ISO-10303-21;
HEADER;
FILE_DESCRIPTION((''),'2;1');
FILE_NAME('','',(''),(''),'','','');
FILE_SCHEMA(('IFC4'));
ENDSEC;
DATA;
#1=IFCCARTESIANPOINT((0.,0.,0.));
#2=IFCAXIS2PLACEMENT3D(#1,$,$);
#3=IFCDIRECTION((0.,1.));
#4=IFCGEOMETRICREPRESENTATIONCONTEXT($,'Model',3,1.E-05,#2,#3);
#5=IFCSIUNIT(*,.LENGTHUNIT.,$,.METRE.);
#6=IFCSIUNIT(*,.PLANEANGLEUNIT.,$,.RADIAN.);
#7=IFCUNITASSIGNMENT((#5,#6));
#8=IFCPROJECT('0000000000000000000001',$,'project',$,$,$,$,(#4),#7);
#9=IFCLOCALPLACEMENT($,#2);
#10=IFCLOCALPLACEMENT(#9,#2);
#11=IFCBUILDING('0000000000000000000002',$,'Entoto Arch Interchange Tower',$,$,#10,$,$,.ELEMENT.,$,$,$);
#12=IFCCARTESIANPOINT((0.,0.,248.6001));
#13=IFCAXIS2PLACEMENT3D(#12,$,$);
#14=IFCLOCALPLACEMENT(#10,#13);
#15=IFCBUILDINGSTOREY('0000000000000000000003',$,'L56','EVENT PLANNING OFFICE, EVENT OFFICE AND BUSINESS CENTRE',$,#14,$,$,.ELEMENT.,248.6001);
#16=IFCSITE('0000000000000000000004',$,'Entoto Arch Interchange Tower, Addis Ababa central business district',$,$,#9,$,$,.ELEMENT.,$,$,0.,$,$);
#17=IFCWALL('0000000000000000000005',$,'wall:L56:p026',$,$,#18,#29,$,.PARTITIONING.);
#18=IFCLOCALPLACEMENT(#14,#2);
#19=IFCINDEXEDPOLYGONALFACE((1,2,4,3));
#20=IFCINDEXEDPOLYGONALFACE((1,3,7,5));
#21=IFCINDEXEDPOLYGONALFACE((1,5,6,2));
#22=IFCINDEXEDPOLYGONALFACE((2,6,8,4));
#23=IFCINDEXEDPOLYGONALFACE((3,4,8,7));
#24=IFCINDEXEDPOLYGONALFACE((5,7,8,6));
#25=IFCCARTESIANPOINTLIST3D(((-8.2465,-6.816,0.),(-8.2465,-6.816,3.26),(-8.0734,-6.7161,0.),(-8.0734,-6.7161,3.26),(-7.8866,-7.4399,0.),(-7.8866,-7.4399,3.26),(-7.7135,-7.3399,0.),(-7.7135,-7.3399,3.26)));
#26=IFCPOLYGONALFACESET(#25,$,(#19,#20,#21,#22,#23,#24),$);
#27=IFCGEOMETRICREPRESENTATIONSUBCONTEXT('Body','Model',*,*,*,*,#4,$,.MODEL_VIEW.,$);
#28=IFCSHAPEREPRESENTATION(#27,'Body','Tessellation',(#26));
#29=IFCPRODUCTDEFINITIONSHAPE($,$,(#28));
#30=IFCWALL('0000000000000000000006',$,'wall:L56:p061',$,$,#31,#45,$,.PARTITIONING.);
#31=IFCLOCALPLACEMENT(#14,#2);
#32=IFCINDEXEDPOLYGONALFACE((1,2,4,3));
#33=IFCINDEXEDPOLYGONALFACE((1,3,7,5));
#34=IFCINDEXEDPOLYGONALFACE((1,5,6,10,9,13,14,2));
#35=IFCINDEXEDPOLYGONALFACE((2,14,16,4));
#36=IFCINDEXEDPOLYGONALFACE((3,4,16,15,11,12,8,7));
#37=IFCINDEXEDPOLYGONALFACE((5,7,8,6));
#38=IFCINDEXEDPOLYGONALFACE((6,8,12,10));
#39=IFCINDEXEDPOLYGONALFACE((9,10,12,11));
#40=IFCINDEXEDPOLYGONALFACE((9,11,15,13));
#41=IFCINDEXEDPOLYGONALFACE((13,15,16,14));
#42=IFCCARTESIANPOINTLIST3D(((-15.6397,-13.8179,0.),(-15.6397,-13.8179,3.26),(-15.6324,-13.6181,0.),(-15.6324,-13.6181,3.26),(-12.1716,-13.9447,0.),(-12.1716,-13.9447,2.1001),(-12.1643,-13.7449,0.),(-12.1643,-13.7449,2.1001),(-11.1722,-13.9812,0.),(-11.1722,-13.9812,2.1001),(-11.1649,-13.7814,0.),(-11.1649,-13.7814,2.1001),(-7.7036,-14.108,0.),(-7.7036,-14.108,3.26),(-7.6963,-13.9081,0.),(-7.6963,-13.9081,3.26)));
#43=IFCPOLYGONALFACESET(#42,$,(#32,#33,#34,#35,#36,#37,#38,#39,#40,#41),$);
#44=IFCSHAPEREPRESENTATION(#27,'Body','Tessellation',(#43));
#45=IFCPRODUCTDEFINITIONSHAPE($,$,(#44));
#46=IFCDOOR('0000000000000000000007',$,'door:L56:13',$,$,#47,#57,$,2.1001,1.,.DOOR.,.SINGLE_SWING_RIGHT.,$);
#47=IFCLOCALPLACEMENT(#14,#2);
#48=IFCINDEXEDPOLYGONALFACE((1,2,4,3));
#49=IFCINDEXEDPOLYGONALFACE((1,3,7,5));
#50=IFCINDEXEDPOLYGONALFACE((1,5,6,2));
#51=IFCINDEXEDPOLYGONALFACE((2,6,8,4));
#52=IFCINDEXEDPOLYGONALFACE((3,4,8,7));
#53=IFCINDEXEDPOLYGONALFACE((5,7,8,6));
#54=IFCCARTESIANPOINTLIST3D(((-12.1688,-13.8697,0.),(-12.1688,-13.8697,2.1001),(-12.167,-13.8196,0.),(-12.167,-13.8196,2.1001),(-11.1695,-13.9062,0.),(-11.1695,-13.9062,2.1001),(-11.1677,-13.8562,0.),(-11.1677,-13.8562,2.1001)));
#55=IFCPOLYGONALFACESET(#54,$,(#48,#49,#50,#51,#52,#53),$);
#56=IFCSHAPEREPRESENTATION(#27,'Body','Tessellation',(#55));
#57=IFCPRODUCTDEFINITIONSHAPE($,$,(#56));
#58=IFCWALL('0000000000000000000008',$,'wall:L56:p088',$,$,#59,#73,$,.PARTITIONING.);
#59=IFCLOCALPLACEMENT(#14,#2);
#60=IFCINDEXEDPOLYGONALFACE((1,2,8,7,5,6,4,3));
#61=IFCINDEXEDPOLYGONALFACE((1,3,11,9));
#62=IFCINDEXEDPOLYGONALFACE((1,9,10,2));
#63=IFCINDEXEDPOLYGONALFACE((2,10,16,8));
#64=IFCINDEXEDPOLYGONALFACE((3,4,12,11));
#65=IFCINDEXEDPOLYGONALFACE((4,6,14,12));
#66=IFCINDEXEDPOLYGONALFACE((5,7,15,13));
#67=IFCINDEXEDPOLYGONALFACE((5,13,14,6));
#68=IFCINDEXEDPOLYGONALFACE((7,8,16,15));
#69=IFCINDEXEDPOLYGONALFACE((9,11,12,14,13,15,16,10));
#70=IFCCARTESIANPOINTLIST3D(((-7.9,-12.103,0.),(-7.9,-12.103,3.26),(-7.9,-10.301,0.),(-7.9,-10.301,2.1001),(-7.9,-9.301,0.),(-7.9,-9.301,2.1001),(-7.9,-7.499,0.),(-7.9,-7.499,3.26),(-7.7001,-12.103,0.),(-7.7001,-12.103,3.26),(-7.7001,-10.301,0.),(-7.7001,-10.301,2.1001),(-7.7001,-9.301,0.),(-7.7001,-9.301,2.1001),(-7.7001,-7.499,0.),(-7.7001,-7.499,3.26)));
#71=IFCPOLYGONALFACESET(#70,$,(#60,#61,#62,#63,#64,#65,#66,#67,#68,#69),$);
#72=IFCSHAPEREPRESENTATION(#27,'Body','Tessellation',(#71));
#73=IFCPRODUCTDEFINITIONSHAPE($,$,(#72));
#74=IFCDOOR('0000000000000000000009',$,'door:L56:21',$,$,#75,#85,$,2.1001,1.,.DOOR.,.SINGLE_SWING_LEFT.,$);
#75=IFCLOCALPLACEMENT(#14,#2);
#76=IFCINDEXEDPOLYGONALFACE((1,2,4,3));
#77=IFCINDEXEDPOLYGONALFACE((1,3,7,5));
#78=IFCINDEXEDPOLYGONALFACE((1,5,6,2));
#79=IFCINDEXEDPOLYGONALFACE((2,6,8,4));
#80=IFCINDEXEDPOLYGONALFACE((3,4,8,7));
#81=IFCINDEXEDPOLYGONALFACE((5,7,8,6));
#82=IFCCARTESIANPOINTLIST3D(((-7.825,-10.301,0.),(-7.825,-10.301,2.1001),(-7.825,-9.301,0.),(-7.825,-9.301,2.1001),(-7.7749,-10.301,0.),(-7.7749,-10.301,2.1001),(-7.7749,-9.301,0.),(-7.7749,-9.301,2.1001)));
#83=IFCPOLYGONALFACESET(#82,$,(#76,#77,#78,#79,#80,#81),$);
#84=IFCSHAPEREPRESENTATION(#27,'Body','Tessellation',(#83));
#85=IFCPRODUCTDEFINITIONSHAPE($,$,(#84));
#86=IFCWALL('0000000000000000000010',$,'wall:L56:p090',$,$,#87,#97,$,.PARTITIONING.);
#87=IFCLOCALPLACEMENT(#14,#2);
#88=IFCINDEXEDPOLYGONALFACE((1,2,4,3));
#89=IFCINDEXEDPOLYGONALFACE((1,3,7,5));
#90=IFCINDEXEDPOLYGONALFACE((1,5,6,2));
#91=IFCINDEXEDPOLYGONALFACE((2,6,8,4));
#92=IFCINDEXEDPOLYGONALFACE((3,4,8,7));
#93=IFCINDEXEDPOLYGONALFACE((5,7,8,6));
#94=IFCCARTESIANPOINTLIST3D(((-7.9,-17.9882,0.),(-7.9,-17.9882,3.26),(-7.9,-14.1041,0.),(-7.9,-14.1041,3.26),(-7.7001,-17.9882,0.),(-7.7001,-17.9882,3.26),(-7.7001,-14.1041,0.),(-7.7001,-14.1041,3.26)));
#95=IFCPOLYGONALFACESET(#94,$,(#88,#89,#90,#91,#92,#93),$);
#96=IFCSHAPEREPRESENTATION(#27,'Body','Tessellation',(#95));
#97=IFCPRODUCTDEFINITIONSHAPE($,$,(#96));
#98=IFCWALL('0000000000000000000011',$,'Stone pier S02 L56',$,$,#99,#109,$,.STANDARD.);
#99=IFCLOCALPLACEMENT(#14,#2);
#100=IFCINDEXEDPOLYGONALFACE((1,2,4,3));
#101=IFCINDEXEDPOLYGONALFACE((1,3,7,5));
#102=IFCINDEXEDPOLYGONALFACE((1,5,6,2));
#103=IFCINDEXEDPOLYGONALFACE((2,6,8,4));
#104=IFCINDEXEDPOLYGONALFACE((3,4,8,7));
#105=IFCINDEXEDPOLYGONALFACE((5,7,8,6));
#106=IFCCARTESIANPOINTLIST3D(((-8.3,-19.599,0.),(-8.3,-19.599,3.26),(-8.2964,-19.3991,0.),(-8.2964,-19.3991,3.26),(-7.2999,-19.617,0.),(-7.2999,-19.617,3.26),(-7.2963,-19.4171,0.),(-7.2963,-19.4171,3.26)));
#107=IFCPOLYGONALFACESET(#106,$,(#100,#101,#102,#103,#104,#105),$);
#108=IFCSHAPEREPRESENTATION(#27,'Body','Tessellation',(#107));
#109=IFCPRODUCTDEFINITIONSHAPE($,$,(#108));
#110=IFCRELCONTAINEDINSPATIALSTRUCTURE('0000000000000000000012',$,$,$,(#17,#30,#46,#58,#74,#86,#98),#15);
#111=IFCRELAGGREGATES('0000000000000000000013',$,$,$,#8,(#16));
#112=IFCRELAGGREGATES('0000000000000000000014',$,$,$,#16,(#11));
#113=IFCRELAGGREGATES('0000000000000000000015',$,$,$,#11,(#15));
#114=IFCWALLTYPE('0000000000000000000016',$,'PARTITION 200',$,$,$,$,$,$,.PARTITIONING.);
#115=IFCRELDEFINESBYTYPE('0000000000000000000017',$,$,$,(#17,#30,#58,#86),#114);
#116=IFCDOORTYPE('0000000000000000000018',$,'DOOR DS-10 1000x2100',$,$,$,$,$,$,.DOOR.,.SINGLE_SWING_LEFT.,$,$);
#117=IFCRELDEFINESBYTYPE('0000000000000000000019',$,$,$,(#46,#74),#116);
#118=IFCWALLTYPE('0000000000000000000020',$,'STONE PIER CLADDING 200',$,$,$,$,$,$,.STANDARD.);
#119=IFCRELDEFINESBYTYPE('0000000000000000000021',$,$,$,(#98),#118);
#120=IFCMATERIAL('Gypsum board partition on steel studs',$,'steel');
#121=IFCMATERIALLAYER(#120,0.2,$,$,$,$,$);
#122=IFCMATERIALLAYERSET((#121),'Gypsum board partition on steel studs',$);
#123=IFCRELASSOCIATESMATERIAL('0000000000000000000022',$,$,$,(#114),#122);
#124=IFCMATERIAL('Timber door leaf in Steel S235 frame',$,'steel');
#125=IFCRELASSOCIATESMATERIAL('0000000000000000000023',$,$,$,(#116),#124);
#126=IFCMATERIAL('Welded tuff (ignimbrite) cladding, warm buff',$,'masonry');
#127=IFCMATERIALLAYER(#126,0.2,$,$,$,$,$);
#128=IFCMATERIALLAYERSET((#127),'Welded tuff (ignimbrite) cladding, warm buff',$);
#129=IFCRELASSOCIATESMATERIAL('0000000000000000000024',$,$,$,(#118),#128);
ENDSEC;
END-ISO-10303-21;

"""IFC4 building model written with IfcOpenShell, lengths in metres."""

from ifc_helpers import new_model, si_unit, direction, frame, frame_2d, origin, place, context, subcontext, project, spatial, rectangle, extrude, material, layer, layer_set, type_object, element, fill, save


model = new_model("IFC4")

# Units and contexts
model_context = context("Model", 3, precision=1e-05, world=origin(), true_north=direction((0.0, 1.0)))
body_context = subcontext(model_context, "Body", "Model", "MODEL_VIEW")
ifc_project = project(units=[si_unit("LENGTHUNIT", "METRE"), si_unit("PLANEANGLEUNIT", "RADIAN")], contexts=[model_context])

# Site, building, storey
site_placement = place(None, origin())
site = spatial("IfcSite", under=ifc_project, at=site_placement, Name="Entoto Arch Interchange Tower, Addis Ababa central business district", CompositionType="ELEMENT", RefElevation=0.0)
building_placement = place(site_placement, origin())
building = spatial("IfcBuilding", under=site, at=building_placement, Name="Entoto Arch Interchange Tower", CompositionType="ELEMENT")
storey_placement = place(building_placement, frame((0.0, 0.0, 248.6001)))
storey = spatial("IfcBuildingStorey", under=building, at=storey_placement, Name="L56", Description="EVENT PLANNING OFFICE, EVENT OFFICE AND BUSINESS CENTRE", CompositionType="ELEMENT", Elevation=248.6001)

# Wall
ifc_material_1 = material(Name="Gypsum board partition on steel studs", Category="steel")
ifc_layer_1 = layer(ifc_material_1, 0.2)
ifc_layer_set_1 = layer_set([ifc_layer_1], Name="Gypsum board partition on steel studs")
wall_type_1 = type_object("IfcWallType", Name="PARTITION 200", PredefinedType="PARTITIONING", material=ifc_layer_set_1)
wall_1_placement = place(storey_placement, frame((-7.8, -7.3899, 0.0), z_axis=(0.0, 0.0, 1.0), x_axis=(-0.499713, 0.866191, 0.0)))
element("IfcWall", 1, at=wall_1_placement, inside=storey, type_object=wall_type_1, Name="wall:L56:p026", PredefinedType="PARTITIONING", context=body_context, shape_type="SweptSolid", body=[
    extrude(rectangle(XDim=0.7202, YDim=0.2, at=frame_2d((0.3601, 0.0))), origin(), (0.0, 0.0, 1.0), 3.26),
])

# Walls, openings, doors
wall_2_placement = place(storey_placement, frame((-7.7, -14.0081, 0.0), z_axis=(0.0, 0.0, 1.0), x_axis=(-0.999333, 0.036523, 0.0)))
wall_2 = element("IfcWall", 2, at=wall_2_placement, inside=storey, type_object=wall_type_1, Name="wall:L56:p061", PredefinedType="PARTITIONING", context=body_context, shape_type="SweptSolid", body=[
    extrude(rectangle(XDim=7.9414, YDim=0.2, at=frame_2d((3.9707, 0.0))), origin(), (0.0, 0.0, 1.0), 3.26),
])
opening_1_placement = place(wall_2_placement, frame((3.4709, 0.0, 0.0)))
opening_1 = element("IfcOpeningElement", 3, at=opening_1_placement, cuts=wall_2, PredefinedType="OPENING", context=body_context, shape_type="SweptSolid", body=[
    extrude(rectangle(XDim=1.0, YDim=2.1001, at=frame_2d((0.5, 1.05))), frame((0.0, 0.1099, 0.0), z_axis=(0.0, -1.0, 0.0), x_axis=(1.0, 0.0, 0.0)), (0.0, 0.0, 1.0), 0.22),
])
ifc_material_2 = material(Name="Timber door leaf in Steel S235 frame", Category="steel")
door_type = type_object("IfcDoorType", Name="DOOR DS-10 1000x2100", OperationType="SINGLE_SWING_LEFT", PredefinedType="DOOR", material=ifc_material_2)
door_1_placement = place(opening_1_placement, origin())
door_1 = element("IfcDoor", 4, at=door_1_placement, inside=storey, type_object=door_type, Name="door:L56:13", OperationType="SINGLE_SWING_RIGHT", OverallHeight=2.1001, OverallWidth=1.0, PredefinedType="DOOR", context=body_context, shape_type="SweptSolid", body=[
    extrude(rectangle(XDim=1.0, YDim=2.1001, at=frame_2d((0.5, 1.05))), frame((0.0, 0.0249, 0.0), z_axis=(0.0, -1.0, 0.0), x_axis=(1.0, 0.0, 0.0)), (0.0, 0.0, 1.0), 0.05),
])
fill(opening_1, door_1)
wall_3_placement = place(storey_placement, frame((-7.8, -12.103, 0.0), z_axis=(0.0, 0.0, 1.0), x_axis=(0.0, 1.0, 0.0)))
wall_3 = element("IfcWall", 5, at=wall_3_placement, inside=storey, type_object=wall_type_1, Name="wall:L56:p088", PredefinedType="PARTITIONING", context=body_context, shape_type="SweptSolid", body=[
    extrude(rectangle(XDim=4.604, YDim=0.2, at=frame_2d((2.302, 0.0))), origin(), (0.0, 0.0, 1.0), 3.26),
])
opening_2_placement = place(wall_3_placement, frame((1.802, 0.0, 0.0)))
opening_2 = element("IfcOpeningElement", 6, at=opening_2_placement, cuts=wall_3, PredefinedType="OPENING", context=body_context, shape_type="SweptSolid", body=[
    extrude(rectangle(XDim=1.0, YDim=2.1001, at=frame_2d((0.5, 1.05))), frame((0.0, 0.1099, 0.0), z_axis=(0.0, -1.0, 0.0), x_axis=(1.0, 0.0, 0.0)), (0.0, 0.0, 1.0), 0.22),
])
door_2_placement = place(opening_2_placement, origin())
door_2 = element("IfcDoor", 7, at=door_2_placement, inside=storey, type_object=door_type, Name="door:L56:21", OperationType="SINGLE_SWING_LEFT", OverallHeight=2.1001, OverallWidth=1.0, PredefinedType="DOOR", context=body_context, shape_type="SweptSolid", body=[
    extrude(rectangle(XDim=1.0, YDim=2.1001, at=frame_2d((0.5, 1.05))), frame((0.0, 0.0249, 0.0), z_axis=(0.0, -1.0, 0.0), x_axis=(1.0, 0.0, 0.0)), (0.0, 0.0, 1.0), 0.05),
])
fill(opening_2, door_2)

# Walls
wall_4_placement = place(storey_placement, frame((-7.8, -17.988, 0.0), z_axis=(0.0, 0.0, 1.0), x_axis=(0.0, 1.0, 0.0)))
element("IfcWall", 8, at=wall_4_placement, inside=storey, type_object=wall_type_1, Name="wall:L56:p090", PredefinedType="PARTITIONING", context=body_context, shape_type="SweptSolid", body=[
    extrude(rectangle(XDim=3.884, YDim=0.2, at=frame_2d((1.9419, 0.0))), origin(), (0.0, 0.0, 1.0), 3.26),
])
ifc_material_3 = material(Name="Welded tuff (ignimbrite) cladding, warm buff", Category="masonry")
ifc_layer_2 = layer(ifc_material_3, 0.2)
ifc_layer_set_2 = layer_set([ifc_layer_2], Name="Welded tuff (ignimbrite) cladding, warm buff")
wall_type_2 = type_object("IfcWallType", Name="STONE PIER CLADDING 200", PredefinedType="STANDARD", material=ifc_layer_set_2)
wall_5_placement = place(storey_placement, frame((-8.2981, -19.499, 0.0), z_axis=(0.0, 0.0, 1.0), x_axis=(0.999837, -0.018063, 0.0)))
element("IfcWall", 9, at=wall_5_placement, inside=storey, type_object=wall_type_2, Name="Stone pier S02 L56", PredefinedType="STANDARD", context=body_context, shape_type="SweptSolid", body=[
    extrude(rectangle(XDim=1.0002, YDim=0.2, at=frame_2d((0.5, 0.0))), origin(), (0.0, 0.0, 1.0), 3.26),
])

save(model, "model.ifc")
